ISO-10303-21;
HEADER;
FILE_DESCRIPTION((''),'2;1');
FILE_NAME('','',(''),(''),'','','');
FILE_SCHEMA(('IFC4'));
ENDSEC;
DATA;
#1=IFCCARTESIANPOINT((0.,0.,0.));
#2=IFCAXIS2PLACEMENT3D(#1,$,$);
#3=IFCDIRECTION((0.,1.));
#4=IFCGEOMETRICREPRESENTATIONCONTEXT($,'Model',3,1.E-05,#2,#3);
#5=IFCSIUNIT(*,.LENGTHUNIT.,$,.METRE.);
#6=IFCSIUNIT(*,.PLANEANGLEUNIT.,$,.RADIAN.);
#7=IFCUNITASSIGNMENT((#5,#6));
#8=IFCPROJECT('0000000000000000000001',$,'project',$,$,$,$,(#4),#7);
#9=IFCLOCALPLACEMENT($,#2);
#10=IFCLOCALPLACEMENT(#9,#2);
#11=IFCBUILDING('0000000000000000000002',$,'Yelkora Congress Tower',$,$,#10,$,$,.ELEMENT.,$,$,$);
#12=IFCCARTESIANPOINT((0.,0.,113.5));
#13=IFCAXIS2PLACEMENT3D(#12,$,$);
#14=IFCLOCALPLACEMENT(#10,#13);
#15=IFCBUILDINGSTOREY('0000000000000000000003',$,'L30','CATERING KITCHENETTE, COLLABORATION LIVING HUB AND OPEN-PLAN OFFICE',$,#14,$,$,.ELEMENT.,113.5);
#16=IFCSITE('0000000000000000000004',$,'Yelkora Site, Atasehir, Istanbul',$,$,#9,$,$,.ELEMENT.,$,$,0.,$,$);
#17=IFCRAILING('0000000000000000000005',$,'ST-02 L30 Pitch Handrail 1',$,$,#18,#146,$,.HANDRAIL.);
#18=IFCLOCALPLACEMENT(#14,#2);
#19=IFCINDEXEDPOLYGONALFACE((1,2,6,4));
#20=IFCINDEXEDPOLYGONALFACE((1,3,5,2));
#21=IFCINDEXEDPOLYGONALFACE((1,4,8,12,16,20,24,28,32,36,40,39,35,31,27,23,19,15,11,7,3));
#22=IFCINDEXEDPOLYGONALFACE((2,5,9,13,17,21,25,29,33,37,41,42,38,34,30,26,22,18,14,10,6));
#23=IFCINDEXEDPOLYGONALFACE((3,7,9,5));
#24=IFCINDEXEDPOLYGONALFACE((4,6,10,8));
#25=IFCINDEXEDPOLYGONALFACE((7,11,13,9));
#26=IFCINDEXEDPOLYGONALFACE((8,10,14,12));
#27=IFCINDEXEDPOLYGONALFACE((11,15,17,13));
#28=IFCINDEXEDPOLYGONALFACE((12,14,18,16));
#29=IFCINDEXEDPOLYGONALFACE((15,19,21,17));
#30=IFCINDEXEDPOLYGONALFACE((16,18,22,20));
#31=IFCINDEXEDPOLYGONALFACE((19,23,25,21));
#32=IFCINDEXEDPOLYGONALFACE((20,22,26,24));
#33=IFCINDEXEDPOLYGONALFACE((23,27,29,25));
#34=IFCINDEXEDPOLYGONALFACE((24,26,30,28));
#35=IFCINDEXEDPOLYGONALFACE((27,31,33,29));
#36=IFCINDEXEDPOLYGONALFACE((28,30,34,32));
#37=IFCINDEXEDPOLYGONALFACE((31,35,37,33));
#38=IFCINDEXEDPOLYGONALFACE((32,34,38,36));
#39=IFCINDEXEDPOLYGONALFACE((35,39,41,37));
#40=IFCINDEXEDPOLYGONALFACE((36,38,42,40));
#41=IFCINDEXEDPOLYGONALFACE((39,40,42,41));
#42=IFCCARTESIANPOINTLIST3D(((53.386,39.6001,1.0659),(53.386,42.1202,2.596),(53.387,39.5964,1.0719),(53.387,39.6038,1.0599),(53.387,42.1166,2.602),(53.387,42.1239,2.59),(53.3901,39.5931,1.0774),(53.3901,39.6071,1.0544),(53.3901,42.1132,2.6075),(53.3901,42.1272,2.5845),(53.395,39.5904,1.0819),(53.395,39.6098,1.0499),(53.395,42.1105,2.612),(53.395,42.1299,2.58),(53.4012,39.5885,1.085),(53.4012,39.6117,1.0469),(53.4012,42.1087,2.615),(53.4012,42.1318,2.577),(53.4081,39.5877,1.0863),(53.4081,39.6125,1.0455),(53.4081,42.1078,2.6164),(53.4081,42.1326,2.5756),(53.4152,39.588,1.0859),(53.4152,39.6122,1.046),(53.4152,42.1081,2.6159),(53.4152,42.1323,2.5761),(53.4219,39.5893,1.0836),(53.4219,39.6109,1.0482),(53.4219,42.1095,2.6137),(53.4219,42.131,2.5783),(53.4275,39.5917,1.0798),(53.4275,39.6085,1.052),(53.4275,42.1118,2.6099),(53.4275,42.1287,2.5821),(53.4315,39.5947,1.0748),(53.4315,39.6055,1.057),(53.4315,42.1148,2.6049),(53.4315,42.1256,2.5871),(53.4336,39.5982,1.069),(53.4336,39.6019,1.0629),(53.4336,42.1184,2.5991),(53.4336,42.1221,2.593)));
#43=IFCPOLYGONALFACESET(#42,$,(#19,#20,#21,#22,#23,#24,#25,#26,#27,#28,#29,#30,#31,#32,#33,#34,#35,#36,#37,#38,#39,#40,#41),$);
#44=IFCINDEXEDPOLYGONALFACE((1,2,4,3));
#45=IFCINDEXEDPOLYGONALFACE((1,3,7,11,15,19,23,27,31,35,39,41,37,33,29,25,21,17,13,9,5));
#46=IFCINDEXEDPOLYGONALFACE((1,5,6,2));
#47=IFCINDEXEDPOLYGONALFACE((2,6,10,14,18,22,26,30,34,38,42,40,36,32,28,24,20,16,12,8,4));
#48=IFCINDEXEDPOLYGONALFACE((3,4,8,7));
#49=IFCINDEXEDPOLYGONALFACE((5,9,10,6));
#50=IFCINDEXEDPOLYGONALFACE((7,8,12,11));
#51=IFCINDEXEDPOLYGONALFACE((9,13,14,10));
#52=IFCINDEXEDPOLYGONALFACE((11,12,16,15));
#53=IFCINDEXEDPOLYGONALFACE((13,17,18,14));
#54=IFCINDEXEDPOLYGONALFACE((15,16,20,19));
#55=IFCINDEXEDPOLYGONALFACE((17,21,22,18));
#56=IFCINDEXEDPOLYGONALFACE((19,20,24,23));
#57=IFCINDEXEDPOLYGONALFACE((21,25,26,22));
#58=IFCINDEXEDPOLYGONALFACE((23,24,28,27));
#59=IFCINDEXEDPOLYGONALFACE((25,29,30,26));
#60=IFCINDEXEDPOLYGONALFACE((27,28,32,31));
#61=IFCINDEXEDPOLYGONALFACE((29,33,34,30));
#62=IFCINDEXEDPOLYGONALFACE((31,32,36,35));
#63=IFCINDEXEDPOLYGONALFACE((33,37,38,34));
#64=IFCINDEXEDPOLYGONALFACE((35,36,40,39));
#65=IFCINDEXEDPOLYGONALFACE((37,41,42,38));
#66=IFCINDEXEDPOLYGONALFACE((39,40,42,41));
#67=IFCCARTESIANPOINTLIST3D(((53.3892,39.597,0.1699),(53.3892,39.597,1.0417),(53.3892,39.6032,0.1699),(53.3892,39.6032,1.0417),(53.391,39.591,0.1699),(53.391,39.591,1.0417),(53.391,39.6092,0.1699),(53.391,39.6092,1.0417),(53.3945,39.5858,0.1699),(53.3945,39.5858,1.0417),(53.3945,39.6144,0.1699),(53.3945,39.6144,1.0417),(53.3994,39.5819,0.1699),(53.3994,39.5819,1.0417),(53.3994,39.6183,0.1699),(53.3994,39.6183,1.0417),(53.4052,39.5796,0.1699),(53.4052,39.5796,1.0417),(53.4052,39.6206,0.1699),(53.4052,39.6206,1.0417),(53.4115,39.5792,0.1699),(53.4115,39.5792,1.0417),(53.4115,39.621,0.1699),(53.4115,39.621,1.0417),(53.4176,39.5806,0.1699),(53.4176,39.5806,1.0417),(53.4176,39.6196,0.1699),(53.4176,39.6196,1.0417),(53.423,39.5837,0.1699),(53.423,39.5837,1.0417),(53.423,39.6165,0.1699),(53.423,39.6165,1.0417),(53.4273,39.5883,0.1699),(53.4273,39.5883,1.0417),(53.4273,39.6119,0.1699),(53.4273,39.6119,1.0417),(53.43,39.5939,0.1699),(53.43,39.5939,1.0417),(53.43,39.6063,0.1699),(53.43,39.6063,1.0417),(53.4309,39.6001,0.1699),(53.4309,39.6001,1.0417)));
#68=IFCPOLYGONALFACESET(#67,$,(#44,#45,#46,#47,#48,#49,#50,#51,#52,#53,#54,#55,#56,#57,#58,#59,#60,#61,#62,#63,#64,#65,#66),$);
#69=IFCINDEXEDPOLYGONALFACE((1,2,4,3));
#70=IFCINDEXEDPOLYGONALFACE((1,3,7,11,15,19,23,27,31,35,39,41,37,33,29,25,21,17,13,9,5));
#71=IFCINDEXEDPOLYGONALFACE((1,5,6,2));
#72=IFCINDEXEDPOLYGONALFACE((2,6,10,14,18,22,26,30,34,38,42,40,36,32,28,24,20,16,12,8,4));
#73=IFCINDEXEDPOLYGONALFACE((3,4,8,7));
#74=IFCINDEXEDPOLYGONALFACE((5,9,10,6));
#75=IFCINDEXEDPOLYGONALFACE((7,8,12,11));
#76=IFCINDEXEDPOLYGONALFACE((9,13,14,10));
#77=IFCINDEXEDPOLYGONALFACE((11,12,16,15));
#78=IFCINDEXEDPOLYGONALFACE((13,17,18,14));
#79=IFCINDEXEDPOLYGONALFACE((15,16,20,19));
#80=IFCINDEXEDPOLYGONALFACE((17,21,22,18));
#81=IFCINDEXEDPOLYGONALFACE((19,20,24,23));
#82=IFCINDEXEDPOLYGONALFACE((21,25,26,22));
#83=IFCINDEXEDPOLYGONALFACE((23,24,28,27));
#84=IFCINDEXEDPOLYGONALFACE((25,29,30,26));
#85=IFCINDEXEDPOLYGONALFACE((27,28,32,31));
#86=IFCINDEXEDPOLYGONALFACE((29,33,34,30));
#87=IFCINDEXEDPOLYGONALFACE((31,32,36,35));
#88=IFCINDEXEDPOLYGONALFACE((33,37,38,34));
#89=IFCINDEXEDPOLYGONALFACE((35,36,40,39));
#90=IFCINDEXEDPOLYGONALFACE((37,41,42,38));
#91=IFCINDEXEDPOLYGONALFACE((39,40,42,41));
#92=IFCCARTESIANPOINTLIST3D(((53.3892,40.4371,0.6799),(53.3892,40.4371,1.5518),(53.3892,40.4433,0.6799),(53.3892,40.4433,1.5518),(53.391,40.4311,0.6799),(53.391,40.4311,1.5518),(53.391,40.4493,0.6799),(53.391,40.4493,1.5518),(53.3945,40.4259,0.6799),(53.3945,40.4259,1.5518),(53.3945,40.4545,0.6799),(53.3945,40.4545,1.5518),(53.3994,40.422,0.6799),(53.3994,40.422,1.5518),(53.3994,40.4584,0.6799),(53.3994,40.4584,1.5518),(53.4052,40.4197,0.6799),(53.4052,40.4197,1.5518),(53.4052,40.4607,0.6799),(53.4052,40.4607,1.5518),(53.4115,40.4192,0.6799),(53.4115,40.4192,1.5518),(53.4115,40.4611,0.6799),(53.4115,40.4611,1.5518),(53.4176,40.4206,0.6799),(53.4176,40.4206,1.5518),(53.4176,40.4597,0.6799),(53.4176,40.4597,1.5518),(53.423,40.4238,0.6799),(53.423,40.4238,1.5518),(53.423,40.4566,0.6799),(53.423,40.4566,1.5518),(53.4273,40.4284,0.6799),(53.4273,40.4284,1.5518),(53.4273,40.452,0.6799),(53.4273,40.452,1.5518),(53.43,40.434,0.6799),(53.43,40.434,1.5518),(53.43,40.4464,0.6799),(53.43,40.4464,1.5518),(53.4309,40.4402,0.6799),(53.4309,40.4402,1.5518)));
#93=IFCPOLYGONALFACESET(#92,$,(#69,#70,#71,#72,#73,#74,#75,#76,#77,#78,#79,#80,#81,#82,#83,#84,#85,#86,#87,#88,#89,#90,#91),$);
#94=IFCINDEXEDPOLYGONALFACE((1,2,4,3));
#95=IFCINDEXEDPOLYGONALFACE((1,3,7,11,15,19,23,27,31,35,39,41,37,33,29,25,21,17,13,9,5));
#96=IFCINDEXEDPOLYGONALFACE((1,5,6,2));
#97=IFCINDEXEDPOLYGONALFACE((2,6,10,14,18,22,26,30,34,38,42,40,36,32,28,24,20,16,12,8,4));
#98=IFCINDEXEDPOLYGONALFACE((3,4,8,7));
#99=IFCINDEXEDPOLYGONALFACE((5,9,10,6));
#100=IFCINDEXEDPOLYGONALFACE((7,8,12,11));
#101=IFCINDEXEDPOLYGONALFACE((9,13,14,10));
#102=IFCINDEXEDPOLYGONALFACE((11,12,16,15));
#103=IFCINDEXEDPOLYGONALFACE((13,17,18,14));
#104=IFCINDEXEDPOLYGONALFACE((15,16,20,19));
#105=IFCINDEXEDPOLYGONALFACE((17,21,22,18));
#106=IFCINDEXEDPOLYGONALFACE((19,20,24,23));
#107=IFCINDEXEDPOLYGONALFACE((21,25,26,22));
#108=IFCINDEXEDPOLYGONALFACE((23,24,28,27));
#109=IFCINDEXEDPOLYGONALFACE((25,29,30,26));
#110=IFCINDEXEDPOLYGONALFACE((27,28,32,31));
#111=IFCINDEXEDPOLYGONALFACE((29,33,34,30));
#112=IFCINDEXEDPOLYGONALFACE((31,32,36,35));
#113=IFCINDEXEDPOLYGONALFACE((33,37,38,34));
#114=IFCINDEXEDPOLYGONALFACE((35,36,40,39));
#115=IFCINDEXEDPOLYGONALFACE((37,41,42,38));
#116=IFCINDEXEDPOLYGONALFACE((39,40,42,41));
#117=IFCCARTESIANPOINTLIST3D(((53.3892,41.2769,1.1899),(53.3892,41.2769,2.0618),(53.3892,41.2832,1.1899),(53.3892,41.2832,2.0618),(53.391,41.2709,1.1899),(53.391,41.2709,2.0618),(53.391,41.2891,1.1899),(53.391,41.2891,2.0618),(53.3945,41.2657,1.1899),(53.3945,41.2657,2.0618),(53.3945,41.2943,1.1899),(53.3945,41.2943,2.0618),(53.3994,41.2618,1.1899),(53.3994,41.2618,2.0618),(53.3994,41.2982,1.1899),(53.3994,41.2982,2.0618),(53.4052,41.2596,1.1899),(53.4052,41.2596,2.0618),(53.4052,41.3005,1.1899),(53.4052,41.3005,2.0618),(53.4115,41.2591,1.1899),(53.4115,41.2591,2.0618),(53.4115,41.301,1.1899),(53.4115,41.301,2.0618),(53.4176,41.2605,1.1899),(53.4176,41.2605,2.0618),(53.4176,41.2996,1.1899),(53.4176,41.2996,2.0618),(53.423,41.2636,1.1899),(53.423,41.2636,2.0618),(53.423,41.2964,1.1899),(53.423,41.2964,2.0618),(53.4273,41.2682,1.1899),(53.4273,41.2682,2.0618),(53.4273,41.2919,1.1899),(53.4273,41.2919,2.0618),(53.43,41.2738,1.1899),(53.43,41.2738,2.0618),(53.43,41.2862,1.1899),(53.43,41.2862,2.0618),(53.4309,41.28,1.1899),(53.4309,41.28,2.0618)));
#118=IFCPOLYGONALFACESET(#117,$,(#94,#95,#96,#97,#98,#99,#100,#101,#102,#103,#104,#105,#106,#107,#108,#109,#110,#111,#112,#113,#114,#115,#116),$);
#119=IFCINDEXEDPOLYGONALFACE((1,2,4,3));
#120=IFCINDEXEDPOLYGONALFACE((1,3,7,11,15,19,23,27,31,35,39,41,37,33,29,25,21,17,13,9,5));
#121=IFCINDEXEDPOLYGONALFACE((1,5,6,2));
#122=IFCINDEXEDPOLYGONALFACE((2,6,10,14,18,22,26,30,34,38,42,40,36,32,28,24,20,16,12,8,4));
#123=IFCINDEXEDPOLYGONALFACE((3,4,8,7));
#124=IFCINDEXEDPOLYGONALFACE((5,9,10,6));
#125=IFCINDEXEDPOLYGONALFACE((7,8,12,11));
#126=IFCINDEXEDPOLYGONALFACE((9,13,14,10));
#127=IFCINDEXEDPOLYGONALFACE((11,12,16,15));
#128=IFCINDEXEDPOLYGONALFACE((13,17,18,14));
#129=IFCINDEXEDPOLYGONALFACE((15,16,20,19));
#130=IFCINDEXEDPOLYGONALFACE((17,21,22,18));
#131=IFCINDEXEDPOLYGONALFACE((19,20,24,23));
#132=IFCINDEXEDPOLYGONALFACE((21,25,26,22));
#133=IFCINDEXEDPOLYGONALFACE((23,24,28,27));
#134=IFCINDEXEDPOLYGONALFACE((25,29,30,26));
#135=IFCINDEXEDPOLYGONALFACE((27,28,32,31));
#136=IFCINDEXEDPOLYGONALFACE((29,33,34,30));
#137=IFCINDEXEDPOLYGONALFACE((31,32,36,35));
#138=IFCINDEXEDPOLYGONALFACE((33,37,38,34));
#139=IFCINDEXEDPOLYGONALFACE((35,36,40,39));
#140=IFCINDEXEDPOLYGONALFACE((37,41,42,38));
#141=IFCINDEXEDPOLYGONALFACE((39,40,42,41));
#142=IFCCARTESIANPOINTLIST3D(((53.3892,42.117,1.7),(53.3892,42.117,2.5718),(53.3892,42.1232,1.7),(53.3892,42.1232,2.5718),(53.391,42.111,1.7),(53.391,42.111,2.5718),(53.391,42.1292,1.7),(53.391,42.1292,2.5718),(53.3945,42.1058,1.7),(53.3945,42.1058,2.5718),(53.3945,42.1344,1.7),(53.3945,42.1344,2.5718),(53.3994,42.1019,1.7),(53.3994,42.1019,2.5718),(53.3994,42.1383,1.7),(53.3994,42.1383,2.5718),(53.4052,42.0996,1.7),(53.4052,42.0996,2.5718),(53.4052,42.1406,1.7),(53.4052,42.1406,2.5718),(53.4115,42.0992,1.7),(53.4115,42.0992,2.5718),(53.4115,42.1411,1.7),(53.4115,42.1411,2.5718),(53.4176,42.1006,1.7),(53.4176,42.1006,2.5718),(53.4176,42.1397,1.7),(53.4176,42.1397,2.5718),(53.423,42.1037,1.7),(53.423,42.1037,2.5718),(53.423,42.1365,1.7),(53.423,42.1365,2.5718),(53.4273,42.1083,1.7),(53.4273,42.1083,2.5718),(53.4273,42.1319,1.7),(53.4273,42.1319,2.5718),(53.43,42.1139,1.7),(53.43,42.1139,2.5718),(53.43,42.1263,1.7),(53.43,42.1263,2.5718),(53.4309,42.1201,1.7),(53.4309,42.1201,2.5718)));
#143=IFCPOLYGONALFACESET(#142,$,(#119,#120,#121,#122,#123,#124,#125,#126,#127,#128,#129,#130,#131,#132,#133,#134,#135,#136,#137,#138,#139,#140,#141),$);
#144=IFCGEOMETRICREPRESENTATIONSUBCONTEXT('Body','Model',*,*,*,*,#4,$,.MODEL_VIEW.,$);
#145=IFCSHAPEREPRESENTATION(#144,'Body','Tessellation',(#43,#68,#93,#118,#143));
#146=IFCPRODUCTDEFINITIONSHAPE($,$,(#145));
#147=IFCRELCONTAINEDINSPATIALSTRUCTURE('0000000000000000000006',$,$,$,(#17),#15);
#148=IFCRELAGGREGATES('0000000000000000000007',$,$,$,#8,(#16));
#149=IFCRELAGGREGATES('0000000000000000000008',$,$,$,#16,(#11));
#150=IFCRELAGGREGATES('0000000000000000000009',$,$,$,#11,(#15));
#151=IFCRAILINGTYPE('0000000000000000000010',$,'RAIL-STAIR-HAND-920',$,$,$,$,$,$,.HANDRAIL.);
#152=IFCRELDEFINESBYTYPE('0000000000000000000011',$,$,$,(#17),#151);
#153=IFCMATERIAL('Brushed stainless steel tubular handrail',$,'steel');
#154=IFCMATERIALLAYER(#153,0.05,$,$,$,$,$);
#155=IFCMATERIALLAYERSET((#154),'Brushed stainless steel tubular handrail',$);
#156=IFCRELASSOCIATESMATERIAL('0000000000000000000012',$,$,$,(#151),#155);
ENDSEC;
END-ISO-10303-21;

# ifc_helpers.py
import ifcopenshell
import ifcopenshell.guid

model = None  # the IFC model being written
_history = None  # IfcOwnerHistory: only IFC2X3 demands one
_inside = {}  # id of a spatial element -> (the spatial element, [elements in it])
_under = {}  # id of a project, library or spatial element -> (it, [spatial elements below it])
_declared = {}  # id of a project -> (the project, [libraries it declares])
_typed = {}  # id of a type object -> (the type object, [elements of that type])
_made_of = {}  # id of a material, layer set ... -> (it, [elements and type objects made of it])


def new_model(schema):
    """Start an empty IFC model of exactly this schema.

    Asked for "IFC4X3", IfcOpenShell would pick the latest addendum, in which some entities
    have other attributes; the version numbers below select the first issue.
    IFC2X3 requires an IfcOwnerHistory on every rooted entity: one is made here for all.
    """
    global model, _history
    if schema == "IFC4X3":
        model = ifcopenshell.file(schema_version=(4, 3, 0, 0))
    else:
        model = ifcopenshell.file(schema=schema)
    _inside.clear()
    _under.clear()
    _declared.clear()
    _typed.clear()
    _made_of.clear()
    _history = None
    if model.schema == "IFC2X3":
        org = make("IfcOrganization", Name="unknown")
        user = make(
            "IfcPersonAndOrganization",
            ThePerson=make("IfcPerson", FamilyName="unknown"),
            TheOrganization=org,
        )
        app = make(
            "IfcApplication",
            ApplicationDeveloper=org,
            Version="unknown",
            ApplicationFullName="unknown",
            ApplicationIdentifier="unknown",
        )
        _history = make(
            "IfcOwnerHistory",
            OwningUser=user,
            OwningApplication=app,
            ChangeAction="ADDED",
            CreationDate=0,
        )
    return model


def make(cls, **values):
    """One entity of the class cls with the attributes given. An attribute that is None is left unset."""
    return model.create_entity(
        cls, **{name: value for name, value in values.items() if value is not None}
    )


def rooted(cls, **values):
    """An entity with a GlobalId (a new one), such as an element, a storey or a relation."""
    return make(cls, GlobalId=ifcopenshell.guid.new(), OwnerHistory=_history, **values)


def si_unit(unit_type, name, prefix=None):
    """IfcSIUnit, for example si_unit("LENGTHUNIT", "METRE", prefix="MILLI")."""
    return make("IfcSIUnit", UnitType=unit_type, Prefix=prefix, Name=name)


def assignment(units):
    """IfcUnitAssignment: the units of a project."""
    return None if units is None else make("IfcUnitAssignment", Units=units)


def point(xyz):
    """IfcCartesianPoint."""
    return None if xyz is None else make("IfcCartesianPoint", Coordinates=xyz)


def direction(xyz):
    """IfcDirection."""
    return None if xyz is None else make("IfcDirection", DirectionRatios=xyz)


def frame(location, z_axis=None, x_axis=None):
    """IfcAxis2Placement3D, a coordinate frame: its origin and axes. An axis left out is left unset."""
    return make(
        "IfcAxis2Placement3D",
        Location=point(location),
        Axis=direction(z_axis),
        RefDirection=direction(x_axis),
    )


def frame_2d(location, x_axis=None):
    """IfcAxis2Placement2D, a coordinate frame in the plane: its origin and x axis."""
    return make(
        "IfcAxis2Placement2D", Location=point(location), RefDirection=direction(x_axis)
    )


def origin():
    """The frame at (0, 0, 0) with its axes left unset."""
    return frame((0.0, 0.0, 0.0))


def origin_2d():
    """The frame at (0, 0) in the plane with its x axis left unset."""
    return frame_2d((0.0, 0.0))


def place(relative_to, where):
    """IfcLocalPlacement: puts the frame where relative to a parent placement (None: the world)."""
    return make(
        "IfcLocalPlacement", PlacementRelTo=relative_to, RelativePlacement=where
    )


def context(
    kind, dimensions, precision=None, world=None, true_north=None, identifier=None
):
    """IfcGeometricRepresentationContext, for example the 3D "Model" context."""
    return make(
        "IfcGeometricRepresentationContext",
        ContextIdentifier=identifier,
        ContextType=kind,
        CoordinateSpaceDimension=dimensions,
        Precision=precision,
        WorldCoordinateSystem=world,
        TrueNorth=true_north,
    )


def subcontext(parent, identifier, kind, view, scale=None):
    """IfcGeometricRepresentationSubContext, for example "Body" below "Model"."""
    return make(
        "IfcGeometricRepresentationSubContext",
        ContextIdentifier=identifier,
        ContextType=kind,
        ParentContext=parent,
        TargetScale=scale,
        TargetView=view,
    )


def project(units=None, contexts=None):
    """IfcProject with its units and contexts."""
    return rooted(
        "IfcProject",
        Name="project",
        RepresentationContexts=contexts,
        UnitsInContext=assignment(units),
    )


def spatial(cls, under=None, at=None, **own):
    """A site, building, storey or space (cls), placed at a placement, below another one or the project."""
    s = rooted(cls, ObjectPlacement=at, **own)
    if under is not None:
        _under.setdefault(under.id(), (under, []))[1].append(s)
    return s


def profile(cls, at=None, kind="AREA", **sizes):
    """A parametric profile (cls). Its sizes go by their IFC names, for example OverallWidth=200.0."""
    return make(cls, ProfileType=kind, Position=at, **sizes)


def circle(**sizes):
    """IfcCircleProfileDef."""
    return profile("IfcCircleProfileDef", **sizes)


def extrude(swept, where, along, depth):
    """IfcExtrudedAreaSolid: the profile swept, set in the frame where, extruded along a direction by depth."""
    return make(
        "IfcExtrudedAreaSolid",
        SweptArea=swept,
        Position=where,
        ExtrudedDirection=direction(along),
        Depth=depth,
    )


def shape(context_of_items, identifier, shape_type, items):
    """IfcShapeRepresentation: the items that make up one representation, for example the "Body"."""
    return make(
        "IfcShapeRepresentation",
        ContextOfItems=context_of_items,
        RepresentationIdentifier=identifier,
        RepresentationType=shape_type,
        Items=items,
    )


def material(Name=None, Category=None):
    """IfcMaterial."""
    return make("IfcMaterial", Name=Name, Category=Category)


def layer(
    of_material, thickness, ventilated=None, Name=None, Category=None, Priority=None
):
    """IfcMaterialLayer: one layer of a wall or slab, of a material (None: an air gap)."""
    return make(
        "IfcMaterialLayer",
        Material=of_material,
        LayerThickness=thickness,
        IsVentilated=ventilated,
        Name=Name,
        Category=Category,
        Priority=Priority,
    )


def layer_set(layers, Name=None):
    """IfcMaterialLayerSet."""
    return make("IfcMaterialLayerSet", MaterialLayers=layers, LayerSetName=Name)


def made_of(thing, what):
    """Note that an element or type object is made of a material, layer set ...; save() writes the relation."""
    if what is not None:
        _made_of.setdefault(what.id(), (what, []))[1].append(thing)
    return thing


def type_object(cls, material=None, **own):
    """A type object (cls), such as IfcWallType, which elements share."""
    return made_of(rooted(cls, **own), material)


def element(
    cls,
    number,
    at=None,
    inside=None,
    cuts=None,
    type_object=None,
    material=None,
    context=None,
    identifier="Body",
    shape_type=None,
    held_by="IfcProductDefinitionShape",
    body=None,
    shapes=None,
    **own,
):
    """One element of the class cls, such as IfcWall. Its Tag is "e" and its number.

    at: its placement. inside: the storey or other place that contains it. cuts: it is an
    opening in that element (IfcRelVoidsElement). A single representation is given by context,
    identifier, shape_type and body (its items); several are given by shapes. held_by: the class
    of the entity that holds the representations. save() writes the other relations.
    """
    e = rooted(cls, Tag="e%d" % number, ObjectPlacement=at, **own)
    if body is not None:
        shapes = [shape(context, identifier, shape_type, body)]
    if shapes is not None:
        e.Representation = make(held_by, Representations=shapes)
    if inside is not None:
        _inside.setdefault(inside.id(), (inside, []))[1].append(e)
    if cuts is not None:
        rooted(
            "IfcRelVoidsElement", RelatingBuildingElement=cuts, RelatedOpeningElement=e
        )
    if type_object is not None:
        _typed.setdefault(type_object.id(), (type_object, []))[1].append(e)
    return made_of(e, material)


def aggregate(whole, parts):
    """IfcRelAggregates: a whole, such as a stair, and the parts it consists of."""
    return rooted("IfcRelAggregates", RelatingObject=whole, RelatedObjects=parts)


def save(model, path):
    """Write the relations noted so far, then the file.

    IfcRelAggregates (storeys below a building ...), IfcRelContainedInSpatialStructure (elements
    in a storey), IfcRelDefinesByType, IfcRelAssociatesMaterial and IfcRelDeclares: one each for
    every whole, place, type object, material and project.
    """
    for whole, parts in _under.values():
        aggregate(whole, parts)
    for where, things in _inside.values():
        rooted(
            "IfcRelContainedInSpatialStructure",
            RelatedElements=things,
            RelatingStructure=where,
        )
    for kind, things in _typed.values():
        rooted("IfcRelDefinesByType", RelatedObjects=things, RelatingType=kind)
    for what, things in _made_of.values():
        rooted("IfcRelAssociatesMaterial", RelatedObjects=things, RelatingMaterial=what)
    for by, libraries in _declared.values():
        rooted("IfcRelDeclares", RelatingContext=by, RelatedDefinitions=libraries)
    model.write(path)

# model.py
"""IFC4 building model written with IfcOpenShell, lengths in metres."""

from ifc_helpers import new_model, si_unit, direction, frame, origin, origin_2d, place, context, subcontext, project, spatial, circle, extrude, material, layer, layer_set, type_object, element, save


model = new_model("IFC4")

# Units and contexts
model_context = context("Model", 3, precision=1e-05, world=origin(), true_north=direction((0.0, 1.0)))
body_context = subcontext(model_context, "Body", "Model", "MODEL_VIEW")
ifc_project = project(units=[si_unit("LENGTHUNIT", "METRE"), si_unit("PLANEANGLEUNIT", "RADIAN")], contexts=[model_context])

# Site, building, storey
site_placement = place(None, origin())
site = spatial("IfcSite", under=ifc_project, at=site_placement, Name="Yelkora Site, Atasehir, Istanbul", CompositionType="ELEMENT", RefElevation=0.0)
building_placement = place(site_placement, origin())
building = spatial("IfcBuilding", under=site, at=building_placement, Name="Yelkora Congress Tower", CompositionType="ELEMENT")
storey_placement = place(building_placement, frame((0.0, 0.0, 113.5)))
storey = spatial("IfcBuildingStorey", under=building, at=storey_placement, Name="L30", Description="CATERING KITCHENETTE, COLLABORATION LIVING HUB AND OPEN-PLAN OFFICE", CompositionType="ELEMENT", Elevation=113.5)

# Railing
ifc_material_1 = material(Name="Brushed stainless steel tubular handrail", Category="steel")
ifc_layer_1 = layer(ifc_material_1, 0.05)
ifc_layer_set_1 = layer_set([ifc_layer_1], Name="Brushed stainless steel tubular handrail")
railing_type_1 = type_object("IfcRailingType", Name="RAIL-STAIR-HAND-920", PredefinedType="HANDRAIL", material=ifc_layer_set_1)
railing_1_placement = place(storey_placement, frame((53.4099, 39.6001, 0.1699)))
element("IfcRailing", 1, at=railing_1_placement, inside=storey, type_object=railing_type_1, Name="ST-02 L30 Pitch Handrail 1", PredefinedType="HANDRAIL", context=body_context, shape_type="SweptSolid", body=[
    extrude(circle(Radius=0.0239, at=origin_2d()), frame((0.0, 0.0, 0.896), z_axis=(0.0, 0.854785, 0.518982), x_axis=(-1.0, 0.0, 0.0)), (0.0, 0.0, 1.0), 2.9482),
    extrude(circle(Radius=0.021, at=origin_2d()), origin(), (0.0, 0.0, 1.0), 0.8718),
    extrude(circle(Radius=0.021, at=origin_2d()), frame((0.0, 0.8401, 0.51)), (0.0, 0.0, 1.0), 0.8718),
    extrude(circle(Radius=0.021, at=origin_2d()), frame((0.0, 1.6799, 1.02)), (0.0, 0.0, 1.0), 0.8718),
    extrude(circle(Radius=0.021, at=origin_2d()), frame((0.0, 2.52, 1.53)), (0.0, 0.0, 1.0), 0.8718),
])

save(model, "model.ifc")
